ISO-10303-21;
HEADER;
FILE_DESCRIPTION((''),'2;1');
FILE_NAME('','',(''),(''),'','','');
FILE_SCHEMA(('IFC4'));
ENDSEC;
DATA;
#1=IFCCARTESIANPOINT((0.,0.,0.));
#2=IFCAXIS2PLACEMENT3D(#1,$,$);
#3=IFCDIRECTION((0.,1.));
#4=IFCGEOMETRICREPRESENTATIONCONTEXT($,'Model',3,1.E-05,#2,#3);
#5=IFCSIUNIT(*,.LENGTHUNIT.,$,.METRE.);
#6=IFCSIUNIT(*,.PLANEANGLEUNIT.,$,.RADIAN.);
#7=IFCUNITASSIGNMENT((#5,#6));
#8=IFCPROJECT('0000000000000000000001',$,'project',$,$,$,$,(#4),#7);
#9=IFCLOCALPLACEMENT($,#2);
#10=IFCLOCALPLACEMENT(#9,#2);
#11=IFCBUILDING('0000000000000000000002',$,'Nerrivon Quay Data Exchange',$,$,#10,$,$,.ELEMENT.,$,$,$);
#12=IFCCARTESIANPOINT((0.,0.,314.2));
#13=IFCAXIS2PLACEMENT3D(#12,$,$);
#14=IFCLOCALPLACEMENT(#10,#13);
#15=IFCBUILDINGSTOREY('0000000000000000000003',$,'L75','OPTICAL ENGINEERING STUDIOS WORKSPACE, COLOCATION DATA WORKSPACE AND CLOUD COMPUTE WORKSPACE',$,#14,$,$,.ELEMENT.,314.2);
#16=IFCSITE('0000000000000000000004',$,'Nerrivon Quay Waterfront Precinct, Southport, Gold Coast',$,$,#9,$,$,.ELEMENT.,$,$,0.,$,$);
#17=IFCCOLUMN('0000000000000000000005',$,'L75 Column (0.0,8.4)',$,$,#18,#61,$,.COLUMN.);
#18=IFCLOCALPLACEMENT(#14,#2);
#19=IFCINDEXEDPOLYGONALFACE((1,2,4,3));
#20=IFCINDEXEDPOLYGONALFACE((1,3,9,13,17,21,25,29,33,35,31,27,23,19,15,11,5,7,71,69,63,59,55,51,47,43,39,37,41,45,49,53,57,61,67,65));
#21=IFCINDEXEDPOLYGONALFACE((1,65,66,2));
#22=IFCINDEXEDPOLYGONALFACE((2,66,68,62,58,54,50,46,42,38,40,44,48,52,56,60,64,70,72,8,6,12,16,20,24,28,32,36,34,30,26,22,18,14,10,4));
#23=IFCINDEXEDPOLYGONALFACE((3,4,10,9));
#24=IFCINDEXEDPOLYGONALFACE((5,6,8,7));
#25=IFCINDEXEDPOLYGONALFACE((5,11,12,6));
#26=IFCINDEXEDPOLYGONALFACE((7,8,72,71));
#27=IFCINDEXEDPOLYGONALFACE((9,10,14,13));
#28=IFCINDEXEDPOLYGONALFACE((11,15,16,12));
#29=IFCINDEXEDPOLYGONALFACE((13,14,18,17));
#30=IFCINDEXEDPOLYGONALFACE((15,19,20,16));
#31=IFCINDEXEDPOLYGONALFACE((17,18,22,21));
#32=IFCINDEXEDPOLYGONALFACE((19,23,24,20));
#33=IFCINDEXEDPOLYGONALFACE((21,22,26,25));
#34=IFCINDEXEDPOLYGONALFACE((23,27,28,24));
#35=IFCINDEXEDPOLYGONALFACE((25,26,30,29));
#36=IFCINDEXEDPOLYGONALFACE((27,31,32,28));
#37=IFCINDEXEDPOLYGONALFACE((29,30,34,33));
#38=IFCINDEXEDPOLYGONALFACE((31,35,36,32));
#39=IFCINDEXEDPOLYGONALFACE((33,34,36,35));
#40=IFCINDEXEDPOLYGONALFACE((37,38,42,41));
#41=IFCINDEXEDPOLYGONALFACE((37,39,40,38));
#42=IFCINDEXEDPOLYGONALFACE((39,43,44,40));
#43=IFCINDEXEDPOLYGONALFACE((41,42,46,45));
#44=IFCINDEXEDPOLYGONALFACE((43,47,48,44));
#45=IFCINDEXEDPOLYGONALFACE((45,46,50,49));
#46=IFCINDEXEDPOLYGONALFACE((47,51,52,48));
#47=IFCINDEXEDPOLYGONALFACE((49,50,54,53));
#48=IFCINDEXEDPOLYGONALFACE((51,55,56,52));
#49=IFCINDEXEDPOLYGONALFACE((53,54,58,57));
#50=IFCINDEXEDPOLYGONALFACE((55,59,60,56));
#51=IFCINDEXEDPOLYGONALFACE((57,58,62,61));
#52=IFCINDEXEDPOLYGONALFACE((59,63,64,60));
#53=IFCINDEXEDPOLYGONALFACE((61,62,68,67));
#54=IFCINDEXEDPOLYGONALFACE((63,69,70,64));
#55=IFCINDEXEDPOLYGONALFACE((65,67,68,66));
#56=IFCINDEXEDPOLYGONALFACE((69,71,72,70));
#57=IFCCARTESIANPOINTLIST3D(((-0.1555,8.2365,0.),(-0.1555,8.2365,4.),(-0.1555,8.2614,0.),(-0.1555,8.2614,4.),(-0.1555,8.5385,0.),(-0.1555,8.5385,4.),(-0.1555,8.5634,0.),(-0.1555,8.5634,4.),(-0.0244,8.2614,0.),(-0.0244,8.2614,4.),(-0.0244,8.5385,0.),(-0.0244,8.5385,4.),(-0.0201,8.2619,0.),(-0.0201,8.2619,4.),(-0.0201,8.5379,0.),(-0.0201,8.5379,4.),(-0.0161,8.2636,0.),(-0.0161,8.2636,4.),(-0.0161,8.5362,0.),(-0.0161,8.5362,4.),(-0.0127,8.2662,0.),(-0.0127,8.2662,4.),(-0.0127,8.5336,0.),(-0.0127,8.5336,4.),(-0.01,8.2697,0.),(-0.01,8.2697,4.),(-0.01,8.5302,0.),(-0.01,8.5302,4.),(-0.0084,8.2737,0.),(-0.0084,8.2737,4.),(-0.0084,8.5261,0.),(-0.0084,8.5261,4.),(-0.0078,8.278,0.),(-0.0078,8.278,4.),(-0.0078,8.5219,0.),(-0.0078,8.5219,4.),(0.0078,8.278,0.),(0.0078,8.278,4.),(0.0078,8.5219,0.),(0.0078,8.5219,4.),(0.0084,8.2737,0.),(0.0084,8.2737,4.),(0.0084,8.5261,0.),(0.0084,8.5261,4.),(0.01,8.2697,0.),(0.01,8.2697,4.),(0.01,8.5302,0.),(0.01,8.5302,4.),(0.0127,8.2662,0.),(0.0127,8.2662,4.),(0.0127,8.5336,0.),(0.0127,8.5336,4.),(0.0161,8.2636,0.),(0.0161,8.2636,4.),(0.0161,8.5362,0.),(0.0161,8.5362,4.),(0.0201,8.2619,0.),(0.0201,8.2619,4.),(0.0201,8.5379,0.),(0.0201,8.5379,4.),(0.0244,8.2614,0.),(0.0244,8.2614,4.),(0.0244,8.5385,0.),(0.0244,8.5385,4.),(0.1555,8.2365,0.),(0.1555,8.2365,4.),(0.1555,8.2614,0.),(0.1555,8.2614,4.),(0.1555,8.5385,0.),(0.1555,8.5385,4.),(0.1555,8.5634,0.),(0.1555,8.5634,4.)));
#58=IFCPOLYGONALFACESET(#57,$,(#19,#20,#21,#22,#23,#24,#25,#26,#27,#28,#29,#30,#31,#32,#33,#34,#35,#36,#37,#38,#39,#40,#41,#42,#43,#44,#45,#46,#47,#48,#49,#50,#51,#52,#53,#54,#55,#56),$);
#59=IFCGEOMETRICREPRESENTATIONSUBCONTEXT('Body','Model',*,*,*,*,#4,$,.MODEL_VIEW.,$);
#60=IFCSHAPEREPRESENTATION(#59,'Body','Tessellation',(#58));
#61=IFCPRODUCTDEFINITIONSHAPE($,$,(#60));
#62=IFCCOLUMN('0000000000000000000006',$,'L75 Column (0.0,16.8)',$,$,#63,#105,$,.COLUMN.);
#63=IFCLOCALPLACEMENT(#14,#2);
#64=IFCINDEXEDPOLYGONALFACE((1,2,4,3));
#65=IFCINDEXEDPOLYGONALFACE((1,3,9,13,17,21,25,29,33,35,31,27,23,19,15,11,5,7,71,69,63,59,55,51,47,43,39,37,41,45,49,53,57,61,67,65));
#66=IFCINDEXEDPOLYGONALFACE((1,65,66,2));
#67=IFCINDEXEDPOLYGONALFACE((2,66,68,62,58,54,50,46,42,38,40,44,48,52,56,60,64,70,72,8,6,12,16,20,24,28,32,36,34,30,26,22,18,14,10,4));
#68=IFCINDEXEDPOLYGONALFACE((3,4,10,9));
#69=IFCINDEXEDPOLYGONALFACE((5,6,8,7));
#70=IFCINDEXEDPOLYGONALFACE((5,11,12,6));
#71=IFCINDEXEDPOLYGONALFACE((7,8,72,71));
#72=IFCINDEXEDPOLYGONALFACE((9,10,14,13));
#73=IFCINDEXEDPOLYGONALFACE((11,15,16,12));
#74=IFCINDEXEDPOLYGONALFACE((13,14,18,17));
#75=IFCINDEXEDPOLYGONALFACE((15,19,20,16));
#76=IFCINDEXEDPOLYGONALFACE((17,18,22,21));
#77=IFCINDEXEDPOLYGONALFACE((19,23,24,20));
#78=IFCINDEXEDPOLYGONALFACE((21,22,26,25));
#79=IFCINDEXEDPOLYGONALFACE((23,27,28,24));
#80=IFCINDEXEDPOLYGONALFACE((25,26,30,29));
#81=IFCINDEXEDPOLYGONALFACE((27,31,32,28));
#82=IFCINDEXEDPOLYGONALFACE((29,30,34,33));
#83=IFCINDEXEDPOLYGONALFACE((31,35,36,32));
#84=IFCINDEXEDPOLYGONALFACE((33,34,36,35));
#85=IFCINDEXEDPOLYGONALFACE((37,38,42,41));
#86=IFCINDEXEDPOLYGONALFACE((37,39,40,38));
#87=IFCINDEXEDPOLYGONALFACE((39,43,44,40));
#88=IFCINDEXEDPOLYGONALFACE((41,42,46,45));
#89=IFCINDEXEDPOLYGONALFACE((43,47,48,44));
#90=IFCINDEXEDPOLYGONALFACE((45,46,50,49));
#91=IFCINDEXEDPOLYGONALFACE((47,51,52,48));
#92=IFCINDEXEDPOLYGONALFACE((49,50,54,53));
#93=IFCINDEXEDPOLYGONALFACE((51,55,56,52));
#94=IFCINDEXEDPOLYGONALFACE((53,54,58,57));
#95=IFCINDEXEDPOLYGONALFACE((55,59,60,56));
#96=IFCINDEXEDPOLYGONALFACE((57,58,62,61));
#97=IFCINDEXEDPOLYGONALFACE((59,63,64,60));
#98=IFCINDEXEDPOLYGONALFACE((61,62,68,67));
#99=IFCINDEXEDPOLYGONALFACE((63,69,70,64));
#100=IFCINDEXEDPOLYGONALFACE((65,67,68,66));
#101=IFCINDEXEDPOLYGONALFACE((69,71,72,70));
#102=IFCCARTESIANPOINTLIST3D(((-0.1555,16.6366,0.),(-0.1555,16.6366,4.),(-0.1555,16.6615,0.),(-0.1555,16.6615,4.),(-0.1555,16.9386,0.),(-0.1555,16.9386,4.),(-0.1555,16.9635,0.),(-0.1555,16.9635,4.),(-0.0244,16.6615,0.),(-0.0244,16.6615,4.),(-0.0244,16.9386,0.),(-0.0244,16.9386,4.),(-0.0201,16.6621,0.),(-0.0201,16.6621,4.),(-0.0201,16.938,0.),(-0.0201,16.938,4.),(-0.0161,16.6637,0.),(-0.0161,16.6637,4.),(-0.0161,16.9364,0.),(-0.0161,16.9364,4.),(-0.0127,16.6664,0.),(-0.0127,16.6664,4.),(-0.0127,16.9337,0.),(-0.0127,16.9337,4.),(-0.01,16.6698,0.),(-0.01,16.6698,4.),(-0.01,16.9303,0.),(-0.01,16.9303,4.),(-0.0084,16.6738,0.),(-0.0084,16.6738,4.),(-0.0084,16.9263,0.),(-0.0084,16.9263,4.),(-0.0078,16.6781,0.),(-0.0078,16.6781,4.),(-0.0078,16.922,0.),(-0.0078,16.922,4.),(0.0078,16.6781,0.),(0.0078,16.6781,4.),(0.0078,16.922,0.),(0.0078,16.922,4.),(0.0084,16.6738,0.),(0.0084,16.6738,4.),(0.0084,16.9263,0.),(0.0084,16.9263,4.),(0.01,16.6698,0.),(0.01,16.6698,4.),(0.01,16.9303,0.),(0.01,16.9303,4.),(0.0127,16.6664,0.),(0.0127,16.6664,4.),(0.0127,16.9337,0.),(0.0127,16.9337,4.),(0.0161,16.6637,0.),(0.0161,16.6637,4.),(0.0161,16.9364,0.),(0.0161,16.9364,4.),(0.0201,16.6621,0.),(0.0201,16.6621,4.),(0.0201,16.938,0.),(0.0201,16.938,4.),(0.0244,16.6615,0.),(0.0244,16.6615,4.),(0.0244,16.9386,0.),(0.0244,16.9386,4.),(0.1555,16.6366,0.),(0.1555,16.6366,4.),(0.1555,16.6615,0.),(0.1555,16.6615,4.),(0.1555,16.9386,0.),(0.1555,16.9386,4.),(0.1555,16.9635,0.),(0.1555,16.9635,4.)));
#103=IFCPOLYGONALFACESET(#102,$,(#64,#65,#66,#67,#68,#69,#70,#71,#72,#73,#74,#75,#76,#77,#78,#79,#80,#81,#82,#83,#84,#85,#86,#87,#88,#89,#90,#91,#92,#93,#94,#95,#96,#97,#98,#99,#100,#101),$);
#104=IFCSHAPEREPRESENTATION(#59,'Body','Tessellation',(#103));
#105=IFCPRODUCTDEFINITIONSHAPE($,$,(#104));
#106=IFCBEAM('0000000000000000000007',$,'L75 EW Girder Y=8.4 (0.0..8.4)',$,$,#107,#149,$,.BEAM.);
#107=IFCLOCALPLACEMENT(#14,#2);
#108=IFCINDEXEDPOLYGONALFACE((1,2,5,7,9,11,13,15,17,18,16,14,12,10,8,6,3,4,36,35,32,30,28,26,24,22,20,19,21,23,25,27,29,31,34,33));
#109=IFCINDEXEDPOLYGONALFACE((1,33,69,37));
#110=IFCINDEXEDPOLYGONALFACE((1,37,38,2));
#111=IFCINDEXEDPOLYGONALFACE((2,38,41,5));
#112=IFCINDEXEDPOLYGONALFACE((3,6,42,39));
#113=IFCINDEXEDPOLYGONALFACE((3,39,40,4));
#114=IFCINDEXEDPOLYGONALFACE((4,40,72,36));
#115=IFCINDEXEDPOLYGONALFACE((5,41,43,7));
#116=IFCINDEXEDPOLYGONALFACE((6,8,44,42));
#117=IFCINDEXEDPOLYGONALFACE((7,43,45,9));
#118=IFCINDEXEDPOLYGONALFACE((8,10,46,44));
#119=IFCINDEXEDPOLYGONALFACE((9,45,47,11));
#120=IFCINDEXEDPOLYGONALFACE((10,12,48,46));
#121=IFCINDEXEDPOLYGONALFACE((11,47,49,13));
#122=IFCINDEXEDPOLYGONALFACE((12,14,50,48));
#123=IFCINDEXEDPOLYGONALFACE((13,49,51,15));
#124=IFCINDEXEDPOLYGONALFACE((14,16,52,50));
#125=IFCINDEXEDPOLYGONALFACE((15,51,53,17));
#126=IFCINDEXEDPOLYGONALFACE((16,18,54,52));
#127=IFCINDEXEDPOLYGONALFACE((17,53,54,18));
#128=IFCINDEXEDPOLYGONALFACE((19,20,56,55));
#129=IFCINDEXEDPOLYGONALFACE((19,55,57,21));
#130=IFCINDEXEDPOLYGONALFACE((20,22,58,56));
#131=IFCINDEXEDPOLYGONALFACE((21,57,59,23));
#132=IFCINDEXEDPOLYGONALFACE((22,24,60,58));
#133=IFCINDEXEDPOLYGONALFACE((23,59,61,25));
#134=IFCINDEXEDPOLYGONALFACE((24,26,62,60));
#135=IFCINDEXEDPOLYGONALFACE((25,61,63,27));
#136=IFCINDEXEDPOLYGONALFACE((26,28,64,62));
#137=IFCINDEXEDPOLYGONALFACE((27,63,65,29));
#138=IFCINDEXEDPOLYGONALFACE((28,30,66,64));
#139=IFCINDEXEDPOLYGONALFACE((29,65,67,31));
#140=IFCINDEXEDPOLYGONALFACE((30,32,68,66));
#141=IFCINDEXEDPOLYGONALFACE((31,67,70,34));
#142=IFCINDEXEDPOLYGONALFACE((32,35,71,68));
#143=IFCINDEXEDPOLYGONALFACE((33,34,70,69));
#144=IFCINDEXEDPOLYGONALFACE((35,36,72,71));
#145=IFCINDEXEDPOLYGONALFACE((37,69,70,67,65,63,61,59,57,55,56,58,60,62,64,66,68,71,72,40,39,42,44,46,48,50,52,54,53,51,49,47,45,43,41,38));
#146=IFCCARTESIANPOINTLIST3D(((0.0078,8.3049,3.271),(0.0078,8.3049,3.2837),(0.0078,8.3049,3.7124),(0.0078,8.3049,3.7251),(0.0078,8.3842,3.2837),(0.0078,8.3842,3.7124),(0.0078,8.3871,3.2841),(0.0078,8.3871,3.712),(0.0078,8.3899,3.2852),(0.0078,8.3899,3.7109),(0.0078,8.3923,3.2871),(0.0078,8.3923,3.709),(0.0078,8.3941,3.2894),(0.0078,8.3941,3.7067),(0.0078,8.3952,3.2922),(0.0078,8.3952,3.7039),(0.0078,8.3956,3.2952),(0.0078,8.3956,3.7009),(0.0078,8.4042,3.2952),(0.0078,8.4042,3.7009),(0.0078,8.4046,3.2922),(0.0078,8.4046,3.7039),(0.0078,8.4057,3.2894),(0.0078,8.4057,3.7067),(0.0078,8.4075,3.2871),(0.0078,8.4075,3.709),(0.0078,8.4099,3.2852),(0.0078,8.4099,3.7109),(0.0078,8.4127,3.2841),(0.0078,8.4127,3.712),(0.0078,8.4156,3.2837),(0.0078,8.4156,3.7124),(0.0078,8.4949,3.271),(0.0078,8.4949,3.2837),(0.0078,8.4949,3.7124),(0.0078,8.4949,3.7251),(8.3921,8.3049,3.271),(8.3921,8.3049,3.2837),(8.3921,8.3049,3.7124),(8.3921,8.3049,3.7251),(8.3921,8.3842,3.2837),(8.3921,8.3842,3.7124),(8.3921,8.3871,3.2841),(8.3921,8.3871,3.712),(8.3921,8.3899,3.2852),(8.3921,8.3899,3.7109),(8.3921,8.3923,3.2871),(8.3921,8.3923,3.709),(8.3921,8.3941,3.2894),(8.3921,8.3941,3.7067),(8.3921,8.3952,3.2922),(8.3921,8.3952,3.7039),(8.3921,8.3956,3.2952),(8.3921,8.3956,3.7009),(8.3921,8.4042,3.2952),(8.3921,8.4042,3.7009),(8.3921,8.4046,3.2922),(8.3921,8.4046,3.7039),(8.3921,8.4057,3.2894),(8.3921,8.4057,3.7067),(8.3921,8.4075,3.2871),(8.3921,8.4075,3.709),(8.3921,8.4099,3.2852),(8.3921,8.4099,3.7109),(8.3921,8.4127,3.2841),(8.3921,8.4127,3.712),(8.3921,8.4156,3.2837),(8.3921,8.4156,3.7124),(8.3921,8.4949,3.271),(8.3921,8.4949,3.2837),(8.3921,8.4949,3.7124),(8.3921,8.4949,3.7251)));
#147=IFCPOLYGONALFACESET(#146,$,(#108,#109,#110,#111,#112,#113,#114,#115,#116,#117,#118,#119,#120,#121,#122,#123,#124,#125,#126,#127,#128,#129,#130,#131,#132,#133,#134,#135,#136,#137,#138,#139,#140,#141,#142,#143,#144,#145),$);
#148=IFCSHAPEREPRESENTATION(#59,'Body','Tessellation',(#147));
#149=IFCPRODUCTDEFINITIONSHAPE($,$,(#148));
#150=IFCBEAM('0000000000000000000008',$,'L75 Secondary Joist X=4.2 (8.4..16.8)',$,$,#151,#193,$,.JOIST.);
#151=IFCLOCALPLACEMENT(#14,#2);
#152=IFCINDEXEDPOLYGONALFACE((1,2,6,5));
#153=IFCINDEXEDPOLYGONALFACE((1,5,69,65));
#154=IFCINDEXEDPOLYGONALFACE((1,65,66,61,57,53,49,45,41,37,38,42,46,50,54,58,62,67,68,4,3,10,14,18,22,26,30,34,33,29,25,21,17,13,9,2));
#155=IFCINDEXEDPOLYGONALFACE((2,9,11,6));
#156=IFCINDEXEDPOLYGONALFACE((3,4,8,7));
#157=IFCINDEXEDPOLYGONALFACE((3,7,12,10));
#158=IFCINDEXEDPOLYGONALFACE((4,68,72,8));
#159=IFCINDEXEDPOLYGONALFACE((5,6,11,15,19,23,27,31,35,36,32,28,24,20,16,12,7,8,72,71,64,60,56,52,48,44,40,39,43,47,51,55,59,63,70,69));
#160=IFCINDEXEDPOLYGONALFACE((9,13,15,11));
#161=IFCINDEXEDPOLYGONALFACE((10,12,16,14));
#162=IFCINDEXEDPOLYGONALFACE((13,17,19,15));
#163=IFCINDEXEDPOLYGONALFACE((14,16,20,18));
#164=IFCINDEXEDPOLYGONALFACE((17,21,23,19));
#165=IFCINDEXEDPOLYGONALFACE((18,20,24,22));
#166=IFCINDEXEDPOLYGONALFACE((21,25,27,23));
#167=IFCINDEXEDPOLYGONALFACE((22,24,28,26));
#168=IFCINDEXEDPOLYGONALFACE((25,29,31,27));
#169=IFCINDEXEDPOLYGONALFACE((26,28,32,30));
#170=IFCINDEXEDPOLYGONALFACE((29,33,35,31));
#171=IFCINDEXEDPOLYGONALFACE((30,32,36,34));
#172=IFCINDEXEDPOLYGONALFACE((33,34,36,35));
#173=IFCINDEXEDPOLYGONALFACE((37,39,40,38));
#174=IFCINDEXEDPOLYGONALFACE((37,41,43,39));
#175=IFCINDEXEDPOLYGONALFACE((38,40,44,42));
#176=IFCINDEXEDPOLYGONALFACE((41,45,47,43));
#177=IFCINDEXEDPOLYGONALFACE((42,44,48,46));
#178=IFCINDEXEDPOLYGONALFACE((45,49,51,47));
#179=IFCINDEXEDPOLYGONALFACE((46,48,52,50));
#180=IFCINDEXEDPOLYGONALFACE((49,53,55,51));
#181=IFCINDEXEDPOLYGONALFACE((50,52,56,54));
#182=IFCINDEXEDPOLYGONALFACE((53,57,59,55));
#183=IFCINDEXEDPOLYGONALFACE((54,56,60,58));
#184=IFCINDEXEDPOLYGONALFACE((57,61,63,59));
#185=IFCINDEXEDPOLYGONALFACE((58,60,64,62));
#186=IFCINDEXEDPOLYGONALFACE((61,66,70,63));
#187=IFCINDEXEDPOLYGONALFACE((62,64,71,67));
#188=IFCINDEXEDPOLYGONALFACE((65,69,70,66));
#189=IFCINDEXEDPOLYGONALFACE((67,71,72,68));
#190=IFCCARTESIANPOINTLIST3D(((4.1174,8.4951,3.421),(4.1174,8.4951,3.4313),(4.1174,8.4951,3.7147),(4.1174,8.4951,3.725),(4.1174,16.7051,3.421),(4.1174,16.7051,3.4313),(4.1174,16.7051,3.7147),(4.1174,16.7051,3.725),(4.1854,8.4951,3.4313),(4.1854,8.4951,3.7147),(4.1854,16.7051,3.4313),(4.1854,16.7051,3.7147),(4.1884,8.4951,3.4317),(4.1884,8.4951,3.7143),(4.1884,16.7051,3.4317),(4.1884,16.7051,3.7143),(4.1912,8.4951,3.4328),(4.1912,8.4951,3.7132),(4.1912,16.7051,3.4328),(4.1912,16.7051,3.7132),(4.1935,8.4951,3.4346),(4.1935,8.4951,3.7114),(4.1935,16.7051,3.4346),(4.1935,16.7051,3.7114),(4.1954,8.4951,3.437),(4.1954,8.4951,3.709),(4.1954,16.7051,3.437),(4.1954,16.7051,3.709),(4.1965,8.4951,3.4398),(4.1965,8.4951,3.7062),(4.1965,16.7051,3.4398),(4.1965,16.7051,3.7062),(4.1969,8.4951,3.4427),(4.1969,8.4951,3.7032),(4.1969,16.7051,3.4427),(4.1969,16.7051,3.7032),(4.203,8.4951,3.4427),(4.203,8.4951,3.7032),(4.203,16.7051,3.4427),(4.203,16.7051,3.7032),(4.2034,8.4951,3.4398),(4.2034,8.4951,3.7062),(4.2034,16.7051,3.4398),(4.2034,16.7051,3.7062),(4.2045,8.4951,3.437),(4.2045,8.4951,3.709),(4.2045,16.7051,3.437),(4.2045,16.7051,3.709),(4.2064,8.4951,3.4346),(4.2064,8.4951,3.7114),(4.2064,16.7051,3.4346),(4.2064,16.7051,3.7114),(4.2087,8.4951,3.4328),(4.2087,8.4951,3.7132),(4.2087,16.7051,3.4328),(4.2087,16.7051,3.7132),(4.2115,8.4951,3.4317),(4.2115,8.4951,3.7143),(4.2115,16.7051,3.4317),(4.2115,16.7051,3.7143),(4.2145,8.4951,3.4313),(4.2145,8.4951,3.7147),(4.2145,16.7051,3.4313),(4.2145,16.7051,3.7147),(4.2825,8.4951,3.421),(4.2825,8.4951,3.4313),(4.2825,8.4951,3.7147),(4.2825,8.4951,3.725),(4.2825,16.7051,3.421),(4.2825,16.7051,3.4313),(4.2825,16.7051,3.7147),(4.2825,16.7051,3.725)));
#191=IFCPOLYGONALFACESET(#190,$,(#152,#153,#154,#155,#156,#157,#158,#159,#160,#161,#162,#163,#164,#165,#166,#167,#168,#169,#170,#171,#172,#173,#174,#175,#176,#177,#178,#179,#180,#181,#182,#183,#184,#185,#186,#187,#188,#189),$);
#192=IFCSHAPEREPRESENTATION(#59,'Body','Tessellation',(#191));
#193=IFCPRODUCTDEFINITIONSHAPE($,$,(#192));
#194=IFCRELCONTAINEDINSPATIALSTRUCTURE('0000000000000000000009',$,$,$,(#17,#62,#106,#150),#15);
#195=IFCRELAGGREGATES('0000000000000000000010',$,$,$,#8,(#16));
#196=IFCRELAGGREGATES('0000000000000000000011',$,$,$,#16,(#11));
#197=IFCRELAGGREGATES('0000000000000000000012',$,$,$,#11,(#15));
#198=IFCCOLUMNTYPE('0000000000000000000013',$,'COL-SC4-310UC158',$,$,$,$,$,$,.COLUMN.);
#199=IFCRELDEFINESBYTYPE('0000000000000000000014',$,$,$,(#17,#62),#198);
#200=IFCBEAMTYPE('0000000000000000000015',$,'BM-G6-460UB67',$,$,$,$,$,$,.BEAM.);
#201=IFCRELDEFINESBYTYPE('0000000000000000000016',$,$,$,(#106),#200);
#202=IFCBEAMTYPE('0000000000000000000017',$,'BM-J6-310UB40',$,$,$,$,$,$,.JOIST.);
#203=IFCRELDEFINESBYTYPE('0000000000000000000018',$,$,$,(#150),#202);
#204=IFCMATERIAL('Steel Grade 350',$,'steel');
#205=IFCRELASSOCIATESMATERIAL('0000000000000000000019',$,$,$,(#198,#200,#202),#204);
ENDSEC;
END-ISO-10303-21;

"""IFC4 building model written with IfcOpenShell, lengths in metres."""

from ifc_helpers import new_model, si_unit, direction, frame, origin, origin_2d, place, context, subcontext, project, spatial, i_section, extrude, material, material_profile, profile_set, type_object, element, save


model = new_model("IFC4")

# Units and contexts
model_context = context("Model", 3, precision=1e-05, world=origin(), true_north=direction((0.0, 1.0)))
body_context = subcontext(model_context, "Body", "Model", "MODEL_VIEW")
ifc_project = project(units=[si_unit("LENGTHUNIT", "METRE"), si_unit("PLANEANGLEUNIT", "RADIAN")], contexts=[model_context])

# Site, building, storey
site_placement = place(None, origin())
site = spatial("IfcSite", under=ifc_project, at=site_placement, Name="Nerrivon Quay Waterfront Precinct, Southport, Gold Coast", CompositionType="ELEMENT", RefElevation=0.0)
building_placement = place(site_placement, origin())
building = spatial("IfcBuilding", under=site, at=building_placement, Name="Nerrivon Quay Data Exchange", CompositionType="ELEMENT")
storey_placement = place(building_placement, frame((0.0, 0.0, 314.2)))
storey = spatial("IfcBuildingStorey", under=building, at=storey_placement, Name="L75", Description="OPTICAL ENGINEERING STUDIOS WORKSPACE, COLOCATION DATA WORKSPACE AND CLOUD COMPUTE WORKSPACE", CompositionType="ELEMENT", Elevation=314.2)

# Columns
ifc_material_1 = material(Name="Steel Grade 350", Category="steel")
ifc_material_profile_1 = material_profile(ifc_material_1, i_section(OverallWidth=0.311, OverallDepth=0.3269, WebThickness=0.0156, FlangeThickness=0.0249, FilletRadius=0.0166, at=origin_2d()), Name="310UC158")
ifc_profile_set_1 = profile_set([ifc_material_profile_1], Name="Steel Grade 350")
column_type = type_object("IfcColumnType", Name="COL-SC4-310UC158", PredefinedType="COLUMN", material=ifc_profile_set_1)
for number, where, z_axis, x_axis, name in (
    (1, (0.0, 8.3999, 0.0), (0.0, 0.0, 1.0), (1.0, 0.0, 0.0), "L75 Column (0.0,8.4)"),
    (2, (0.0, 16.8, 0.0), (0.0, 0.0, 1.0), (1.0, 0.0, 0.0), "L75 Column (0.0,16.8)"),
):
    element("IfcColumn", number, at=place(storey_placement, frame(where, z_axis=z_axis, x_axis=x_axis)), inside=storey, type_object=column_type, Name=name, PredefinedType="COLUMN", context=body_context, shape_type="SweptSolid", body=[
        extrude(i_section(OverallWidth=0.311, OverallDepth=0.3269, WebThickness=0.0156, FlangeThickness=0.0249, FilletRadius=0.0166, at=origin_2d()), origin(), (0.0, 0.0, 1.0), 4.0),
    ])

# Beams
ifc_material_profile_2 = material_profile(ifc_material_1, i_section(OverallWidth=0.1899, OverallDepth=0.4541, WebThickness=0.0085, FlangeThickness=0.0127, FilletRadius=0.0115, at=origin_2d()), Name="460UB67.1")
ifc_profile_set_2 = profile_set([ifc_material_profile_2], Name="Steel Grade 350")
beam_type_1 = type_object("IfcBeamType", Name="BM-G6-460UB67", PredefinedType="BEAM", material=ifc_profile_set_2)
beam_1_placement = place(storey_placement, frame((0.0078, 8.3999, 3.498), z_axis=(1.0, 0.0, 0.0), x_axis=(0.0, 1.0, 0.0)))
element("IfcBeam", 3, at=beam_1_placement, inside=storey, type_object=beam_type_1, Name="L75 EW Girder Y=8.4 (0.0..8.4)", PredefinedType="BEAM", context=body_context, shape_type="SweptSolid", body=[
    extrude(i_section(OverallWidth=0.1899, OverallDepth=0.4541, WebThickness=0.0085, FlangeThickness=0.0127, FilletRadius=0.0115, at=origin_2d()), origin(), (0.0, 0.0, 1.0), 8.3843),
])
ifc_material_profile_3 = material_profile(ifc_material_1, i_section(OverallWidth=0.165, OverallDepth=0.304, WebThickness=0.0061, FlangeThickness=0.0103, FilletRadius=0.0115, at=origin_2d()), Name="310UB40.4")
ifc_profile_set_3 = profile_set([ifc_material_profile_3], Name="Steel Grade 350")
beam_type_2 = type_object("IfcBeamType", Name="BM-J6-310UB40", PredefinedType="JOIST", material=ifc_profile_set_3)
beam_2_placement = place(storey_placement, frame((4.2, 8.4951, 3.573), z_axis=(0.0, 1.0, 0.0), x_axis=(-1.0, 0.0, 0.0)))
element("IfcBeam", 4, at=beam_2_placement, inside=storey, type_object=beam_type_2, Name="L75 Secondary Joist X=4.2 (8.4..16.8)", PredefinedType="JOIST", context=body_context, shape_type="SweptSolid", body=[
    extrude(i_section(OverallWidth=0.165, OverallDepth=0.304, WebThickness=0.0061, FlangeThickness=0.0103, FilletRadius=0.0115, at=origin_2d()), origin(), (0.0, 0.0, 1.0), 8.21),
])

save(model, "model.ifc")
